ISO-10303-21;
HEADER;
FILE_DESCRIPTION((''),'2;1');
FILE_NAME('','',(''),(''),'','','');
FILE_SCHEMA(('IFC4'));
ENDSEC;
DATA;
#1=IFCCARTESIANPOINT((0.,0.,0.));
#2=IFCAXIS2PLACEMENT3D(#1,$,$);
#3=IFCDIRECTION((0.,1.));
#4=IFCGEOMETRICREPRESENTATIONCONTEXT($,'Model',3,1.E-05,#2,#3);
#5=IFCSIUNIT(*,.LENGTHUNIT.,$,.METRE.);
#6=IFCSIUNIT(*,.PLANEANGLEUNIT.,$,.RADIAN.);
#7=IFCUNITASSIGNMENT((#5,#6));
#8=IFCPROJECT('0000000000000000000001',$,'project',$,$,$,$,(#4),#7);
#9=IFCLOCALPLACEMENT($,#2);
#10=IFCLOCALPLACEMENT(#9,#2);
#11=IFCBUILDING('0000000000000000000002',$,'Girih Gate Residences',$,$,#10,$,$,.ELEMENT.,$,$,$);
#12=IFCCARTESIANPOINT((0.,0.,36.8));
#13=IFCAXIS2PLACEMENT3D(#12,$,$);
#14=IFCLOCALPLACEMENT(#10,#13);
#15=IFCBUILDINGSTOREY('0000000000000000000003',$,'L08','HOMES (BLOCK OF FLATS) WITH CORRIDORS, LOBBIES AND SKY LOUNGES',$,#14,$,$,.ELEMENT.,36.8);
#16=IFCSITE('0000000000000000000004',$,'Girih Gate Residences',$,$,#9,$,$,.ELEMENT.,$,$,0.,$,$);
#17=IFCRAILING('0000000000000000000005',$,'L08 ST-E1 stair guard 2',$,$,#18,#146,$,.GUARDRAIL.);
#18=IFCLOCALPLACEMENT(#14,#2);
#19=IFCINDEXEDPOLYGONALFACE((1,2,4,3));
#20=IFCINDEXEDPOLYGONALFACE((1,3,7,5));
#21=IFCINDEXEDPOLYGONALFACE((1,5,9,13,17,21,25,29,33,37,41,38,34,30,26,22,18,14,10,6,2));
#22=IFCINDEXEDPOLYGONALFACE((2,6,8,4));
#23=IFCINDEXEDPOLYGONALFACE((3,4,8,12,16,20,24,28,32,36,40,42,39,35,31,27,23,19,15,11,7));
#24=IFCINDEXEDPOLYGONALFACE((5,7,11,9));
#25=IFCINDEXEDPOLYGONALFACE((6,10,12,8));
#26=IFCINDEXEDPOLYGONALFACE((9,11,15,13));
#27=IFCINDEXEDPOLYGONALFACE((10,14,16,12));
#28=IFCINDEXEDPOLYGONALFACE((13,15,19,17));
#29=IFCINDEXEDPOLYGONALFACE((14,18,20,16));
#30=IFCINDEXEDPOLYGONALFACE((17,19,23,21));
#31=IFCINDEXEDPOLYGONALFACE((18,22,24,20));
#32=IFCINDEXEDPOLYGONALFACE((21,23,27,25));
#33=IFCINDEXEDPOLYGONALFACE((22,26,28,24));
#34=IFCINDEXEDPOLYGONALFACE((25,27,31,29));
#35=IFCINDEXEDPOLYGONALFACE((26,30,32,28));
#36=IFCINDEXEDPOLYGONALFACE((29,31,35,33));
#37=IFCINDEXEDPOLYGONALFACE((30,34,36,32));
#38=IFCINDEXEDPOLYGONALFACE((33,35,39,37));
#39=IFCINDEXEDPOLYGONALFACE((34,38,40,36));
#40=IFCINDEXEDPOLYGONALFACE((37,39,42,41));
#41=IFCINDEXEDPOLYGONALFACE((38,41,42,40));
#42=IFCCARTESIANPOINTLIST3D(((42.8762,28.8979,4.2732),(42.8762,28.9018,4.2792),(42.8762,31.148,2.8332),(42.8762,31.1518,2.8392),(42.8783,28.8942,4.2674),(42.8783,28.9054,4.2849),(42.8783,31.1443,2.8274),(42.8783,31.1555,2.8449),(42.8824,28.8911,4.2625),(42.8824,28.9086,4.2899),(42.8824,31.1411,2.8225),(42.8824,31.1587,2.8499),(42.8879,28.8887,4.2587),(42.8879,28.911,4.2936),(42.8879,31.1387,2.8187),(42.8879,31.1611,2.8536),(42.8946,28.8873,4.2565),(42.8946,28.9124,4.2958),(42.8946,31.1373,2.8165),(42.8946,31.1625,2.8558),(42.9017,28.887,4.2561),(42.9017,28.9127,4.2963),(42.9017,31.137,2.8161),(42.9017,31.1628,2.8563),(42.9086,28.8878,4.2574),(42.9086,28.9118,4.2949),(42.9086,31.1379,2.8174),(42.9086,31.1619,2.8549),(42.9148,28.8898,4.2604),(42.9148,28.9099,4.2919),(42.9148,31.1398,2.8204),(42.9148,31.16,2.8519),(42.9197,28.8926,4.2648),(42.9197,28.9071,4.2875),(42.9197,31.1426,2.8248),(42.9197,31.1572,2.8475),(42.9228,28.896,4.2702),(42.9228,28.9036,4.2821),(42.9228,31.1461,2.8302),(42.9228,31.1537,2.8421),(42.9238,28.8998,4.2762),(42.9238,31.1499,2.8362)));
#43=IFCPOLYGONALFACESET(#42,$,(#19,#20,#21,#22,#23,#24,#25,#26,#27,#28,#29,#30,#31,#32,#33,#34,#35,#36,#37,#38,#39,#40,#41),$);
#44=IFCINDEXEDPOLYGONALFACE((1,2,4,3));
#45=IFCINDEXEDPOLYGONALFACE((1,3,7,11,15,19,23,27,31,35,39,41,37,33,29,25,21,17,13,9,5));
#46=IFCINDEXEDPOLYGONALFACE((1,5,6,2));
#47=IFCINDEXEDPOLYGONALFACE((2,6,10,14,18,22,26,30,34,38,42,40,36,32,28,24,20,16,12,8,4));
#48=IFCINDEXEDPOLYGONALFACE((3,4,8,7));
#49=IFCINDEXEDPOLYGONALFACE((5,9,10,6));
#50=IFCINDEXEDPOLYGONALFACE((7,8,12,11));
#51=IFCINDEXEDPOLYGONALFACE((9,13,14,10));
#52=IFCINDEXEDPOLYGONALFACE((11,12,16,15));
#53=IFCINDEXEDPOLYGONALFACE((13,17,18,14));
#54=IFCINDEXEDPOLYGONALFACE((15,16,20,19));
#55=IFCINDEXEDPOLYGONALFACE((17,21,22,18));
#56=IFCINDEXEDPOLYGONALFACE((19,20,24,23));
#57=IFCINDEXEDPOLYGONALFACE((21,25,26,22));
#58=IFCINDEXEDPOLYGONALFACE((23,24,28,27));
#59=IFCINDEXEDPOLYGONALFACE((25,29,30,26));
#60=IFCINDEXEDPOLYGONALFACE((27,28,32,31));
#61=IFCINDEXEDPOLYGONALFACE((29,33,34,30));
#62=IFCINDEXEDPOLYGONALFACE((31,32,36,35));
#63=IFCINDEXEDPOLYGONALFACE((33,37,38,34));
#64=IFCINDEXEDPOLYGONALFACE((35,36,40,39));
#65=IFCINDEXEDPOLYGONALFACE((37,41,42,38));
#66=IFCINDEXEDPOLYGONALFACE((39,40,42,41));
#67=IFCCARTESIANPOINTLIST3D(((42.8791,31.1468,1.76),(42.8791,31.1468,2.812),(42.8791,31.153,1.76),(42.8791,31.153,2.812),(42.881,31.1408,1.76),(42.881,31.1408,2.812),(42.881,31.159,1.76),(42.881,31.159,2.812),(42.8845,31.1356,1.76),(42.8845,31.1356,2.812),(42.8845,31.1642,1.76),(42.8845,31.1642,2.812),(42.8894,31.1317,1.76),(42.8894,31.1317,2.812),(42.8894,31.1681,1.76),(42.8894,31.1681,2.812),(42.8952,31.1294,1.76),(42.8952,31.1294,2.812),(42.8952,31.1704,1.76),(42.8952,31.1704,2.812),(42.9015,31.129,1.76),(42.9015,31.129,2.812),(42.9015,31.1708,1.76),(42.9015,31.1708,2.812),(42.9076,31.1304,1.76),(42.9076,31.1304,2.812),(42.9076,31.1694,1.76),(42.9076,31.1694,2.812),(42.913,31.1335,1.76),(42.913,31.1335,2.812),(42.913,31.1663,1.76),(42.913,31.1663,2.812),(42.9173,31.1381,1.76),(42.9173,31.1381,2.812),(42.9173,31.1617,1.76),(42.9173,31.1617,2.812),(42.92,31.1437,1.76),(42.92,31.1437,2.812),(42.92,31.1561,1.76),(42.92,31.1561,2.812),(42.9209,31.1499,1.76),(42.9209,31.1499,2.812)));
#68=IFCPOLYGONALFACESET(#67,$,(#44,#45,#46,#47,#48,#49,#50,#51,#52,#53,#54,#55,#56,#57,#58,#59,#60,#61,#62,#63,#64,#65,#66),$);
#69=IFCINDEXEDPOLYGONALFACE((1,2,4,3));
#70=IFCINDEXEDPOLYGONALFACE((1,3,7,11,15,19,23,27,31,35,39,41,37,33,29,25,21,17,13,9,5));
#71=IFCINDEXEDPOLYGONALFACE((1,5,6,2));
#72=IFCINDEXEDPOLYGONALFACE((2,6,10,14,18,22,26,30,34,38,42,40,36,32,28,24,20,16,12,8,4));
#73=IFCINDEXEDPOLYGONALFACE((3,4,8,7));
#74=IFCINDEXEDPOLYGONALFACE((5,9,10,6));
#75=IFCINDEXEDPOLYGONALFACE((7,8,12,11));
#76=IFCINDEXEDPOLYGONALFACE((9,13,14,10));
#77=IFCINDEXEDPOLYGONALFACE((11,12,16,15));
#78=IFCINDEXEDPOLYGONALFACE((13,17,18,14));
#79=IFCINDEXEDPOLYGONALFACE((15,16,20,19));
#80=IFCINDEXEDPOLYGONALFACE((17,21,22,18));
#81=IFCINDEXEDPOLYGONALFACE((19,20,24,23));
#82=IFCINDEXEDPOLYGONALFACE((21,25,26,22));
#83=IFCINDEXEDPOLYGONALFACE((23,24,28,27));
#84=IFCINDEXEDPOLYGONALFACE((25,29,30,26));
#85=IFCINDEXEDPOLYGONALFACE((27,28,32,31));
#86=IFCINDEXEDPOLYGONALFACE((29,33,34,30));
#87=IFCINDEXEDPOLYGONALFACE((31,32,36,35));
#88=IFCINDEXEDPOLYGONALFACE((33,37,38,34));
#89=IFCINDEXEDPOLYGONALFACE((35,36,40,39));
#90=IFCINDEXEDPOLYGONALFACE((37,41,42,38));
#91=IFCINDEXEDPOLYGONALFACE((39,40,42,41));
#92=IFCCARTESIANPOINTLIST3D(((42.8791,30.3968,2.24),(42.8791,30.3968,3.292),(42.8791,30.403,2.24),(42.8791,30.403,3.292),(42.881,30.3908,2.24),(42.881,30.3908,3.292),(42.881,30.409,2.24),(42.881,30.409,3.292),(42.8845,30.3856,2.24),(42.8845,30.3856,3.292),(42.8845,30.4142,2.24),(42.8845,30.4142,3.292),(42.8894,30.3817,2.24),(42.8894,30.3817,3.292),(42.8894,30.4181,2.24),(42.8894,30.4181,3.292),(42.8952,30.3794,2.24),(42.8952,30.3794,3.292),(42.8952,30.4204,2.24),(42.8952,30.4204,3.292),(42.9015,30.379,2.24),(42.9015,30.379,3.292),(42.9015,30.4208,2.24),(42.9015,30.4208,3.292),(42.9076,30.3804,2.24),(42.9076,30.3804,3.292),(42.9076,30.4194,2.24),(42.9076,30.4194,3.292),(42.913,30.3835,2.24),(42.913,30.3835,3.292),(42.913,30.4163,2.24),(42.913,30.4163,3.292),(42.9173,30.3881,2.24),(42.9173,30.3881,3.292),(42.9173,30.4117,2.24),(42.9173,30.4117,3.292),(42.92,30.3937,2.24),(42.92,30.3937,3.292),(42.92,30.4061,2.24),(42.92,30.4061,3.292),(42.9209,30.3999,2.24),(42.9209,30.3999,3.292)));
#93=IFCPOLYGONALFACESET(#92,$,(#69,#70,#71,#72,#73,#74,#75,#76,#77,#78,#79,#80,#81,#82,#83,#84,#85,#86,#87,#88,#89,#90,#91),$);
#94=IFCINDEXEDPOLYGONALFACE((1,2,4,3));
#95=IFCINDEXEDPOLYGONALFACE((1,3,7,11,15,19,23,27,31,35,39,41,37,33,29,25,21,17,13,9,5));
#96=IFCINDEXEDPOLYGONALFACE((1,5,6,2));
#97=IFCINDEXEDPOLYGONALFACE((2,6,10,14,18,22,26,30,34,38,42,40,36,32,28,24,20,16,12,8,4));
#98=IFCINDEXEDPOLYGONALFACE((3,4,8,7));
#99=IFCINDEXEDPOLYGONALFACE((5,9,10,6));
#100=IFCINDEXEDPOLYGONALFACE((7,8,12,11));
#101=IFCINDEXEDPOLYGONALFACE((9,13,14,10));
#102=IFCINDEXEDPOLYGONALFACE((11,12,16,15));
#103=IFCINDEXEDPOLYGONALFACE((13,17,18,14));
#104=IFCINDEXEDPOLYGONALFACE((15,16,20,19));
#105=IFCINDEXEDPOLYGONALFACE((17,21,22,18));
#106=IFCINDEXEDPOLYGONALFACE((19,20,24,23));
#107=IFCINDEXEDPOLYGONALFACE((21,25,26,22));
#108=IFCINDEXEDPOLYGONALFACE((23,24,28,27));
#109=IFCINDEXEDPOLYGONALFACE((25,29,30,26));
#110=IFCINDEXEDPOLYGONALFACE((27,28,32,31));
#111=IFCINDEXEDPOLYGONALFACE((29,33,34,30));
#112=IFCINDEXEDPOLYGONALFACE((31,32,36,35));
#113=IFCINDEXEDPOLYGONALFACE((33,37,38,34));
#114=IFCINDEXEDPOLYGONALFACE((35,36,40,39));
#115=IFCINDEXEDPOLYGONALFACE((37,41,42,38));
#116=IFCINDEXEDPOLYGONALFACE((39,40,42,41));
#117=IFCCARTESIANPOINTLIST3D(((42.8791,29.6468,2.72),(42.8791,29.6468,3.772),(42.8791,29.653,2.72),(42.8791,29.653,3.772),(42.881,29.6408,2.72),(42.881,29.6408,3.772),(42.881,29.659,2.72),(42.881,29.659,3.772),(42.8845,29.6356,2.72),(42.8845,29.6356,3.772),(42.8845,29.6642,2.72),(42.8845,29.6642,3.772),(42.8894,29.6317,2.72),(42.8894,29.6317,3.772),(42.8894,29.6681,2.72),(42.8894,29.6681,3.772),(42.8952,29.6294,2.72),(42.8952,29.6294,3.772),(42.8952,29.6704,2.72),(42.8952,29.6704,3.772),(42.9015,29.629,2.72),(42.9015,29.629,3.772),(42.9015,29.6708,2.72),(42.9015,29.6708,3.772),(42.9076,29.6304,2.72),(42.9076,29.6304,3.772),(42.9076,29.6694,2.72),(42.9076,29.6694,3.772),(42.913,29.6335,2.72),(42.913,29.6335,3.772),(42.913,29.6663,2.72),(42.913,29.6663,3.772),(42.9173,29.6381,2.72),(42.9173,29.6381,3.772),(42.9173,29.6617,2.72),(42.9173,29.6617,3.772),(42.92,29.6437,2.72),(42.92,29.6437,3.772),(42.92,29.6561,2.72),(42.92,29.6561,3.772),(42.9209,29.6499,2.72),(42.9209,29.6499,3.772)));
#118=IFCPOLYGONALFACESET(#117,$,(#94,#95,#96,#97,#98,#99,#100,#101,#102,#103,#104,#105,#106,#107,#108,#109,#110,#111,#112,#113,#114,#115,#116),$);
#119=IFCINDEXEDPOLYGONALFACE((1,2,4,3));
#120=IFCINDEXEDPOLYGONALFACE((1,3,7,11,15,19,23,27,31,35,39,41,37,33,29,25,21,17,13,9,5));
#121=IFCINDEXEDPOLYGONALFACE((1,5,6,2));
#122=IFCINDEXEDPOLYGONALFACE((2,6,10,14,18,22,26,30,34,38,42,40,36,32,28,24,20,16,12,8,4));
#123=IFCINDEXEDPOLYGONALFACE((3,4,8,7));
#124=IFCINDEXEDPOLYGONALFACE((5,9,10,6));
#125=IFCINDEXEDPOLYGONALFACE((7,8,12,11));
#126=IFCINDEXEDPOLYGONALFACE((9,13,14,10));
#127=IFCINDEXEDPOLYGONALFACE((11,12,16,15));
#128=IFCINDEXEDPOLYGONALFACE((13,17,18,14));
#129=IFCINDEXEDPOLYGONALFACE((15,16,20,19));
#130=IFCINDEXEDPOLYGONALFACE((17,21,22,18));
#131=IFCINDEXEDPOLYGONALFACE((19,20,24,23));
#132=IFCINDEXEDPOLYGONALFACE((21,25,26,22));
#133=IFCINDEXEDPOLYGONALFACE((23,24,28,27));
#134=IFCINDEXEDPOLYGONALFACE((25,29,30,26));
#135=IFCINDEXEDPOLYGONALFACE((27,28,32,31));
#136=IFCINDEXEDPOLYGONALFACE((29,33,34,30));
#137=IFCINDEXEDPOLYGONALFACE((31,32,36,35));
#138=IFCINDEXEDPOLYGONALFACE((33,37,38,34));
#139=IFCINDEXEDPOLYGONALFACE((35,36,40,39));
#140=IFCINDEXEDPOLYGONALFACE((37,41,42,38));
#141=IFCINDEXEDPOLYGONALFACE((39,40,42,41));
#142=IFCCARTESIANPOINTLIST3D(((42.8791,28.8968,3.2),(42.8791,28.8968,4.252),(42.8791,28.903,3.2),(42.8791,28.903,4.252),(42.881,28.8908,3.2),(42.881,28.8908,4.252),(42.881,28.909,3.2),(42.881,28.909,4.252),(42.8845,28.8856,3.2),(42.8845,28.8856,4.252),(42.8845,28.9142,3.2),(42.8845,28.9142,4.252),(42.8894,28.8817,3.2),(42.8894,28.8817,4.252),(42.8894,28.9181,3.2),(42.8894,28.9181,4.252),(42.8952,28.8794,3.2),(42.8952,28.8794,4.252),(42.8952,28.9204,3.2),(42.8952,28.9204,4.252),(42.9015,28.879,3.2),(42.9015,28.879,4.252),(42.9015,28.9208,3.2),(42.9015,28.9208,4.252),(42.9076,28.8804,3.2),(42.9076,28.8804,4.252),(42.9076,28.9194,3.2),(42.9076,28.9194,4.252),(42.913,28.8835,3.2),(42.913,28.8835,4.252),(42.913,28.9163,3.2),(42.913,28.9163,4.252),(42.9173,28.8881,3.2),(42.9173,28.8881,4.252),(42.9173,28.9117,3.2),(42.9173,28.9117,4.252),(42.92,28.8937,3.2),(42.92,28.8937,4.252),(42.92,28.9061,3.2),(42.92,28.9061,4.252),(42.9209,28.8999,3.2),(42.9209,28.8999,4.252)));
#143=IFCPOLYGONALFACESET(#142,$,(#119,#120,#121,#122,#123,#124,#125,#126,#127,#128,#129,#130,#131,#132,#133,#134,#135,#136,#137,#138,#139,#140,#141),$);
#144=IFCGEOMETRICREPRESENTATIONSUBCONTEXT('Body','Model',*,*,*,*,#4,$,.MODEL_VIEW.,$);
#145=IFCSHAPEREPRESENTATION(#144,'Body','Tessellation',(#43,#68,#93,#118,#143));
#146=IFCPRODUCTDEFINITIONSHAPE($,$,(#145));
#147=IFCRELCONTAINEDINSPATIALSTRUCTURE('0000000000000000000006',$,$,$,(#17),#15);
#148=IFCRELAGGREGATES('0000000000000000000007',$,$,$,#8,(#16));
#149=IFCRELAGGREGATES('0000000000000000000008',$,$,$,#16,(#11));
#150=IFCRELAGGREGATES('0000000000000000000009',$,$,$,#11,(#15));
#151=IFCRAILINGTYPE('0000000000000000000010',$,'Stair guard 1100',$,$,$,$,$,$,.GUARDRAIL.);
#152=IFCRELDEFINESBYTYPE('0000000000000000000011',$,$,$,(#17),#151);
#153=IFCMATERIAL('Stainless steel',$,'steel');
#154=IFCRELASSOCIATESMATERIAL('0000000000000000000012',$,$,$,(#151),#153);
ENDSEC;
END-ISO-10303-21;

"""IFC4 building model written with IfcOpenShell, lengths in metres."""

from ifc_helpers import new_model, si_unit, direction, frame, origin, origin_2d, place, context, subcontext, project, spatial, circle, extrude, material, type_object, element, save


model = new_model("IFC4")

# Units and contexts
model_context = context("Model", 3, precision=1e-05, world=origin(), true_north=direction((0.0, 1.0)))
body_context = subcontext(model_context, "Body", "Model", "MODEL_VIEW")
ifc_project = project(units=[si_unit("LENGTHUNIT", "METRE"), si_unit("PLANEANGLEUNIT", "RADIAN")], contexts=[model_context])

# Site, building, storey
site_placement = place(None, origin())
site = spatial("IfcSite", under=ifc_project, at=site_placement, Name="Girih Gate Residences", CompositionType="ELEMENT", RefElevation=0.0)
building_placement = place(site_placement, origin())
building = spatial("IfcBuilding", under=site, at=building_placement, Name="Girih Gate Residences", CompositionType="ELEMENT")
storey_placement = place(building_placement, frame((0.0, 0.0, 36.8)))
storey = spatial("IfcBuildingStorey", under=building, at=storey_placement, Name="L08", Description="HOMES (BLOCK OF FLATS) WITH CORRIDORS, LOBBIES AND SKY LOUNGES", CompositionType="ELEMENT", Elevation=36.8)

# Railing
ifc_material_1 = material(Name="Stainless steel", Category="steel")
railing_type_1 = type_object("IfcRailingType", Name="Stair guard 1100", PredefinedType="GUARDRAIL", material=ifc_material_1)
railing_1_placement = place(storey_placement, frame((42.8999, 31.1499, 1.76)))
element("IfcRailing", 1, at=railing_1_placement, inside=storey, type_object=railing_type_1, Name="L08 ST-E1 stair guard 2", PredefinedType="GUARDRAIL", context=body_context, shape_type="SweptSolid", body=[
    extrude(circle(Radius=0.0239, at=origin_2d()), frame((0.0, 0.0, 1.0762), z_axis=(0.0, -0.842281, 0.539038), x_axis=(1.0, 0.0, 0.0)), (0.0, 0.0, 1.0), 2.6714),
    extrude(circle(Radius=0.021, at=origin_2d()), origin(), (0.0, 0.0, 1.0), 1.052),
    extrude(circle(Radius=0.021, at=origin_2d()), frame((0.0, -0.75, 0.48)), (0.0, 0.0, 1.0), 1.052),
    extrude(circle(Radius=0.021, at=origin_2d()), frame((0.0, -1.5, 0.96)), (0.0, 0.0, 1.0), 1.052),
    extrude(circle(Radius=0.021, at=origin_2d()), frame((0.0, -2.25, 1.4399)), (0.0, 0.0, 1.0), 1.052),
])

save(model, "model.ifc")
